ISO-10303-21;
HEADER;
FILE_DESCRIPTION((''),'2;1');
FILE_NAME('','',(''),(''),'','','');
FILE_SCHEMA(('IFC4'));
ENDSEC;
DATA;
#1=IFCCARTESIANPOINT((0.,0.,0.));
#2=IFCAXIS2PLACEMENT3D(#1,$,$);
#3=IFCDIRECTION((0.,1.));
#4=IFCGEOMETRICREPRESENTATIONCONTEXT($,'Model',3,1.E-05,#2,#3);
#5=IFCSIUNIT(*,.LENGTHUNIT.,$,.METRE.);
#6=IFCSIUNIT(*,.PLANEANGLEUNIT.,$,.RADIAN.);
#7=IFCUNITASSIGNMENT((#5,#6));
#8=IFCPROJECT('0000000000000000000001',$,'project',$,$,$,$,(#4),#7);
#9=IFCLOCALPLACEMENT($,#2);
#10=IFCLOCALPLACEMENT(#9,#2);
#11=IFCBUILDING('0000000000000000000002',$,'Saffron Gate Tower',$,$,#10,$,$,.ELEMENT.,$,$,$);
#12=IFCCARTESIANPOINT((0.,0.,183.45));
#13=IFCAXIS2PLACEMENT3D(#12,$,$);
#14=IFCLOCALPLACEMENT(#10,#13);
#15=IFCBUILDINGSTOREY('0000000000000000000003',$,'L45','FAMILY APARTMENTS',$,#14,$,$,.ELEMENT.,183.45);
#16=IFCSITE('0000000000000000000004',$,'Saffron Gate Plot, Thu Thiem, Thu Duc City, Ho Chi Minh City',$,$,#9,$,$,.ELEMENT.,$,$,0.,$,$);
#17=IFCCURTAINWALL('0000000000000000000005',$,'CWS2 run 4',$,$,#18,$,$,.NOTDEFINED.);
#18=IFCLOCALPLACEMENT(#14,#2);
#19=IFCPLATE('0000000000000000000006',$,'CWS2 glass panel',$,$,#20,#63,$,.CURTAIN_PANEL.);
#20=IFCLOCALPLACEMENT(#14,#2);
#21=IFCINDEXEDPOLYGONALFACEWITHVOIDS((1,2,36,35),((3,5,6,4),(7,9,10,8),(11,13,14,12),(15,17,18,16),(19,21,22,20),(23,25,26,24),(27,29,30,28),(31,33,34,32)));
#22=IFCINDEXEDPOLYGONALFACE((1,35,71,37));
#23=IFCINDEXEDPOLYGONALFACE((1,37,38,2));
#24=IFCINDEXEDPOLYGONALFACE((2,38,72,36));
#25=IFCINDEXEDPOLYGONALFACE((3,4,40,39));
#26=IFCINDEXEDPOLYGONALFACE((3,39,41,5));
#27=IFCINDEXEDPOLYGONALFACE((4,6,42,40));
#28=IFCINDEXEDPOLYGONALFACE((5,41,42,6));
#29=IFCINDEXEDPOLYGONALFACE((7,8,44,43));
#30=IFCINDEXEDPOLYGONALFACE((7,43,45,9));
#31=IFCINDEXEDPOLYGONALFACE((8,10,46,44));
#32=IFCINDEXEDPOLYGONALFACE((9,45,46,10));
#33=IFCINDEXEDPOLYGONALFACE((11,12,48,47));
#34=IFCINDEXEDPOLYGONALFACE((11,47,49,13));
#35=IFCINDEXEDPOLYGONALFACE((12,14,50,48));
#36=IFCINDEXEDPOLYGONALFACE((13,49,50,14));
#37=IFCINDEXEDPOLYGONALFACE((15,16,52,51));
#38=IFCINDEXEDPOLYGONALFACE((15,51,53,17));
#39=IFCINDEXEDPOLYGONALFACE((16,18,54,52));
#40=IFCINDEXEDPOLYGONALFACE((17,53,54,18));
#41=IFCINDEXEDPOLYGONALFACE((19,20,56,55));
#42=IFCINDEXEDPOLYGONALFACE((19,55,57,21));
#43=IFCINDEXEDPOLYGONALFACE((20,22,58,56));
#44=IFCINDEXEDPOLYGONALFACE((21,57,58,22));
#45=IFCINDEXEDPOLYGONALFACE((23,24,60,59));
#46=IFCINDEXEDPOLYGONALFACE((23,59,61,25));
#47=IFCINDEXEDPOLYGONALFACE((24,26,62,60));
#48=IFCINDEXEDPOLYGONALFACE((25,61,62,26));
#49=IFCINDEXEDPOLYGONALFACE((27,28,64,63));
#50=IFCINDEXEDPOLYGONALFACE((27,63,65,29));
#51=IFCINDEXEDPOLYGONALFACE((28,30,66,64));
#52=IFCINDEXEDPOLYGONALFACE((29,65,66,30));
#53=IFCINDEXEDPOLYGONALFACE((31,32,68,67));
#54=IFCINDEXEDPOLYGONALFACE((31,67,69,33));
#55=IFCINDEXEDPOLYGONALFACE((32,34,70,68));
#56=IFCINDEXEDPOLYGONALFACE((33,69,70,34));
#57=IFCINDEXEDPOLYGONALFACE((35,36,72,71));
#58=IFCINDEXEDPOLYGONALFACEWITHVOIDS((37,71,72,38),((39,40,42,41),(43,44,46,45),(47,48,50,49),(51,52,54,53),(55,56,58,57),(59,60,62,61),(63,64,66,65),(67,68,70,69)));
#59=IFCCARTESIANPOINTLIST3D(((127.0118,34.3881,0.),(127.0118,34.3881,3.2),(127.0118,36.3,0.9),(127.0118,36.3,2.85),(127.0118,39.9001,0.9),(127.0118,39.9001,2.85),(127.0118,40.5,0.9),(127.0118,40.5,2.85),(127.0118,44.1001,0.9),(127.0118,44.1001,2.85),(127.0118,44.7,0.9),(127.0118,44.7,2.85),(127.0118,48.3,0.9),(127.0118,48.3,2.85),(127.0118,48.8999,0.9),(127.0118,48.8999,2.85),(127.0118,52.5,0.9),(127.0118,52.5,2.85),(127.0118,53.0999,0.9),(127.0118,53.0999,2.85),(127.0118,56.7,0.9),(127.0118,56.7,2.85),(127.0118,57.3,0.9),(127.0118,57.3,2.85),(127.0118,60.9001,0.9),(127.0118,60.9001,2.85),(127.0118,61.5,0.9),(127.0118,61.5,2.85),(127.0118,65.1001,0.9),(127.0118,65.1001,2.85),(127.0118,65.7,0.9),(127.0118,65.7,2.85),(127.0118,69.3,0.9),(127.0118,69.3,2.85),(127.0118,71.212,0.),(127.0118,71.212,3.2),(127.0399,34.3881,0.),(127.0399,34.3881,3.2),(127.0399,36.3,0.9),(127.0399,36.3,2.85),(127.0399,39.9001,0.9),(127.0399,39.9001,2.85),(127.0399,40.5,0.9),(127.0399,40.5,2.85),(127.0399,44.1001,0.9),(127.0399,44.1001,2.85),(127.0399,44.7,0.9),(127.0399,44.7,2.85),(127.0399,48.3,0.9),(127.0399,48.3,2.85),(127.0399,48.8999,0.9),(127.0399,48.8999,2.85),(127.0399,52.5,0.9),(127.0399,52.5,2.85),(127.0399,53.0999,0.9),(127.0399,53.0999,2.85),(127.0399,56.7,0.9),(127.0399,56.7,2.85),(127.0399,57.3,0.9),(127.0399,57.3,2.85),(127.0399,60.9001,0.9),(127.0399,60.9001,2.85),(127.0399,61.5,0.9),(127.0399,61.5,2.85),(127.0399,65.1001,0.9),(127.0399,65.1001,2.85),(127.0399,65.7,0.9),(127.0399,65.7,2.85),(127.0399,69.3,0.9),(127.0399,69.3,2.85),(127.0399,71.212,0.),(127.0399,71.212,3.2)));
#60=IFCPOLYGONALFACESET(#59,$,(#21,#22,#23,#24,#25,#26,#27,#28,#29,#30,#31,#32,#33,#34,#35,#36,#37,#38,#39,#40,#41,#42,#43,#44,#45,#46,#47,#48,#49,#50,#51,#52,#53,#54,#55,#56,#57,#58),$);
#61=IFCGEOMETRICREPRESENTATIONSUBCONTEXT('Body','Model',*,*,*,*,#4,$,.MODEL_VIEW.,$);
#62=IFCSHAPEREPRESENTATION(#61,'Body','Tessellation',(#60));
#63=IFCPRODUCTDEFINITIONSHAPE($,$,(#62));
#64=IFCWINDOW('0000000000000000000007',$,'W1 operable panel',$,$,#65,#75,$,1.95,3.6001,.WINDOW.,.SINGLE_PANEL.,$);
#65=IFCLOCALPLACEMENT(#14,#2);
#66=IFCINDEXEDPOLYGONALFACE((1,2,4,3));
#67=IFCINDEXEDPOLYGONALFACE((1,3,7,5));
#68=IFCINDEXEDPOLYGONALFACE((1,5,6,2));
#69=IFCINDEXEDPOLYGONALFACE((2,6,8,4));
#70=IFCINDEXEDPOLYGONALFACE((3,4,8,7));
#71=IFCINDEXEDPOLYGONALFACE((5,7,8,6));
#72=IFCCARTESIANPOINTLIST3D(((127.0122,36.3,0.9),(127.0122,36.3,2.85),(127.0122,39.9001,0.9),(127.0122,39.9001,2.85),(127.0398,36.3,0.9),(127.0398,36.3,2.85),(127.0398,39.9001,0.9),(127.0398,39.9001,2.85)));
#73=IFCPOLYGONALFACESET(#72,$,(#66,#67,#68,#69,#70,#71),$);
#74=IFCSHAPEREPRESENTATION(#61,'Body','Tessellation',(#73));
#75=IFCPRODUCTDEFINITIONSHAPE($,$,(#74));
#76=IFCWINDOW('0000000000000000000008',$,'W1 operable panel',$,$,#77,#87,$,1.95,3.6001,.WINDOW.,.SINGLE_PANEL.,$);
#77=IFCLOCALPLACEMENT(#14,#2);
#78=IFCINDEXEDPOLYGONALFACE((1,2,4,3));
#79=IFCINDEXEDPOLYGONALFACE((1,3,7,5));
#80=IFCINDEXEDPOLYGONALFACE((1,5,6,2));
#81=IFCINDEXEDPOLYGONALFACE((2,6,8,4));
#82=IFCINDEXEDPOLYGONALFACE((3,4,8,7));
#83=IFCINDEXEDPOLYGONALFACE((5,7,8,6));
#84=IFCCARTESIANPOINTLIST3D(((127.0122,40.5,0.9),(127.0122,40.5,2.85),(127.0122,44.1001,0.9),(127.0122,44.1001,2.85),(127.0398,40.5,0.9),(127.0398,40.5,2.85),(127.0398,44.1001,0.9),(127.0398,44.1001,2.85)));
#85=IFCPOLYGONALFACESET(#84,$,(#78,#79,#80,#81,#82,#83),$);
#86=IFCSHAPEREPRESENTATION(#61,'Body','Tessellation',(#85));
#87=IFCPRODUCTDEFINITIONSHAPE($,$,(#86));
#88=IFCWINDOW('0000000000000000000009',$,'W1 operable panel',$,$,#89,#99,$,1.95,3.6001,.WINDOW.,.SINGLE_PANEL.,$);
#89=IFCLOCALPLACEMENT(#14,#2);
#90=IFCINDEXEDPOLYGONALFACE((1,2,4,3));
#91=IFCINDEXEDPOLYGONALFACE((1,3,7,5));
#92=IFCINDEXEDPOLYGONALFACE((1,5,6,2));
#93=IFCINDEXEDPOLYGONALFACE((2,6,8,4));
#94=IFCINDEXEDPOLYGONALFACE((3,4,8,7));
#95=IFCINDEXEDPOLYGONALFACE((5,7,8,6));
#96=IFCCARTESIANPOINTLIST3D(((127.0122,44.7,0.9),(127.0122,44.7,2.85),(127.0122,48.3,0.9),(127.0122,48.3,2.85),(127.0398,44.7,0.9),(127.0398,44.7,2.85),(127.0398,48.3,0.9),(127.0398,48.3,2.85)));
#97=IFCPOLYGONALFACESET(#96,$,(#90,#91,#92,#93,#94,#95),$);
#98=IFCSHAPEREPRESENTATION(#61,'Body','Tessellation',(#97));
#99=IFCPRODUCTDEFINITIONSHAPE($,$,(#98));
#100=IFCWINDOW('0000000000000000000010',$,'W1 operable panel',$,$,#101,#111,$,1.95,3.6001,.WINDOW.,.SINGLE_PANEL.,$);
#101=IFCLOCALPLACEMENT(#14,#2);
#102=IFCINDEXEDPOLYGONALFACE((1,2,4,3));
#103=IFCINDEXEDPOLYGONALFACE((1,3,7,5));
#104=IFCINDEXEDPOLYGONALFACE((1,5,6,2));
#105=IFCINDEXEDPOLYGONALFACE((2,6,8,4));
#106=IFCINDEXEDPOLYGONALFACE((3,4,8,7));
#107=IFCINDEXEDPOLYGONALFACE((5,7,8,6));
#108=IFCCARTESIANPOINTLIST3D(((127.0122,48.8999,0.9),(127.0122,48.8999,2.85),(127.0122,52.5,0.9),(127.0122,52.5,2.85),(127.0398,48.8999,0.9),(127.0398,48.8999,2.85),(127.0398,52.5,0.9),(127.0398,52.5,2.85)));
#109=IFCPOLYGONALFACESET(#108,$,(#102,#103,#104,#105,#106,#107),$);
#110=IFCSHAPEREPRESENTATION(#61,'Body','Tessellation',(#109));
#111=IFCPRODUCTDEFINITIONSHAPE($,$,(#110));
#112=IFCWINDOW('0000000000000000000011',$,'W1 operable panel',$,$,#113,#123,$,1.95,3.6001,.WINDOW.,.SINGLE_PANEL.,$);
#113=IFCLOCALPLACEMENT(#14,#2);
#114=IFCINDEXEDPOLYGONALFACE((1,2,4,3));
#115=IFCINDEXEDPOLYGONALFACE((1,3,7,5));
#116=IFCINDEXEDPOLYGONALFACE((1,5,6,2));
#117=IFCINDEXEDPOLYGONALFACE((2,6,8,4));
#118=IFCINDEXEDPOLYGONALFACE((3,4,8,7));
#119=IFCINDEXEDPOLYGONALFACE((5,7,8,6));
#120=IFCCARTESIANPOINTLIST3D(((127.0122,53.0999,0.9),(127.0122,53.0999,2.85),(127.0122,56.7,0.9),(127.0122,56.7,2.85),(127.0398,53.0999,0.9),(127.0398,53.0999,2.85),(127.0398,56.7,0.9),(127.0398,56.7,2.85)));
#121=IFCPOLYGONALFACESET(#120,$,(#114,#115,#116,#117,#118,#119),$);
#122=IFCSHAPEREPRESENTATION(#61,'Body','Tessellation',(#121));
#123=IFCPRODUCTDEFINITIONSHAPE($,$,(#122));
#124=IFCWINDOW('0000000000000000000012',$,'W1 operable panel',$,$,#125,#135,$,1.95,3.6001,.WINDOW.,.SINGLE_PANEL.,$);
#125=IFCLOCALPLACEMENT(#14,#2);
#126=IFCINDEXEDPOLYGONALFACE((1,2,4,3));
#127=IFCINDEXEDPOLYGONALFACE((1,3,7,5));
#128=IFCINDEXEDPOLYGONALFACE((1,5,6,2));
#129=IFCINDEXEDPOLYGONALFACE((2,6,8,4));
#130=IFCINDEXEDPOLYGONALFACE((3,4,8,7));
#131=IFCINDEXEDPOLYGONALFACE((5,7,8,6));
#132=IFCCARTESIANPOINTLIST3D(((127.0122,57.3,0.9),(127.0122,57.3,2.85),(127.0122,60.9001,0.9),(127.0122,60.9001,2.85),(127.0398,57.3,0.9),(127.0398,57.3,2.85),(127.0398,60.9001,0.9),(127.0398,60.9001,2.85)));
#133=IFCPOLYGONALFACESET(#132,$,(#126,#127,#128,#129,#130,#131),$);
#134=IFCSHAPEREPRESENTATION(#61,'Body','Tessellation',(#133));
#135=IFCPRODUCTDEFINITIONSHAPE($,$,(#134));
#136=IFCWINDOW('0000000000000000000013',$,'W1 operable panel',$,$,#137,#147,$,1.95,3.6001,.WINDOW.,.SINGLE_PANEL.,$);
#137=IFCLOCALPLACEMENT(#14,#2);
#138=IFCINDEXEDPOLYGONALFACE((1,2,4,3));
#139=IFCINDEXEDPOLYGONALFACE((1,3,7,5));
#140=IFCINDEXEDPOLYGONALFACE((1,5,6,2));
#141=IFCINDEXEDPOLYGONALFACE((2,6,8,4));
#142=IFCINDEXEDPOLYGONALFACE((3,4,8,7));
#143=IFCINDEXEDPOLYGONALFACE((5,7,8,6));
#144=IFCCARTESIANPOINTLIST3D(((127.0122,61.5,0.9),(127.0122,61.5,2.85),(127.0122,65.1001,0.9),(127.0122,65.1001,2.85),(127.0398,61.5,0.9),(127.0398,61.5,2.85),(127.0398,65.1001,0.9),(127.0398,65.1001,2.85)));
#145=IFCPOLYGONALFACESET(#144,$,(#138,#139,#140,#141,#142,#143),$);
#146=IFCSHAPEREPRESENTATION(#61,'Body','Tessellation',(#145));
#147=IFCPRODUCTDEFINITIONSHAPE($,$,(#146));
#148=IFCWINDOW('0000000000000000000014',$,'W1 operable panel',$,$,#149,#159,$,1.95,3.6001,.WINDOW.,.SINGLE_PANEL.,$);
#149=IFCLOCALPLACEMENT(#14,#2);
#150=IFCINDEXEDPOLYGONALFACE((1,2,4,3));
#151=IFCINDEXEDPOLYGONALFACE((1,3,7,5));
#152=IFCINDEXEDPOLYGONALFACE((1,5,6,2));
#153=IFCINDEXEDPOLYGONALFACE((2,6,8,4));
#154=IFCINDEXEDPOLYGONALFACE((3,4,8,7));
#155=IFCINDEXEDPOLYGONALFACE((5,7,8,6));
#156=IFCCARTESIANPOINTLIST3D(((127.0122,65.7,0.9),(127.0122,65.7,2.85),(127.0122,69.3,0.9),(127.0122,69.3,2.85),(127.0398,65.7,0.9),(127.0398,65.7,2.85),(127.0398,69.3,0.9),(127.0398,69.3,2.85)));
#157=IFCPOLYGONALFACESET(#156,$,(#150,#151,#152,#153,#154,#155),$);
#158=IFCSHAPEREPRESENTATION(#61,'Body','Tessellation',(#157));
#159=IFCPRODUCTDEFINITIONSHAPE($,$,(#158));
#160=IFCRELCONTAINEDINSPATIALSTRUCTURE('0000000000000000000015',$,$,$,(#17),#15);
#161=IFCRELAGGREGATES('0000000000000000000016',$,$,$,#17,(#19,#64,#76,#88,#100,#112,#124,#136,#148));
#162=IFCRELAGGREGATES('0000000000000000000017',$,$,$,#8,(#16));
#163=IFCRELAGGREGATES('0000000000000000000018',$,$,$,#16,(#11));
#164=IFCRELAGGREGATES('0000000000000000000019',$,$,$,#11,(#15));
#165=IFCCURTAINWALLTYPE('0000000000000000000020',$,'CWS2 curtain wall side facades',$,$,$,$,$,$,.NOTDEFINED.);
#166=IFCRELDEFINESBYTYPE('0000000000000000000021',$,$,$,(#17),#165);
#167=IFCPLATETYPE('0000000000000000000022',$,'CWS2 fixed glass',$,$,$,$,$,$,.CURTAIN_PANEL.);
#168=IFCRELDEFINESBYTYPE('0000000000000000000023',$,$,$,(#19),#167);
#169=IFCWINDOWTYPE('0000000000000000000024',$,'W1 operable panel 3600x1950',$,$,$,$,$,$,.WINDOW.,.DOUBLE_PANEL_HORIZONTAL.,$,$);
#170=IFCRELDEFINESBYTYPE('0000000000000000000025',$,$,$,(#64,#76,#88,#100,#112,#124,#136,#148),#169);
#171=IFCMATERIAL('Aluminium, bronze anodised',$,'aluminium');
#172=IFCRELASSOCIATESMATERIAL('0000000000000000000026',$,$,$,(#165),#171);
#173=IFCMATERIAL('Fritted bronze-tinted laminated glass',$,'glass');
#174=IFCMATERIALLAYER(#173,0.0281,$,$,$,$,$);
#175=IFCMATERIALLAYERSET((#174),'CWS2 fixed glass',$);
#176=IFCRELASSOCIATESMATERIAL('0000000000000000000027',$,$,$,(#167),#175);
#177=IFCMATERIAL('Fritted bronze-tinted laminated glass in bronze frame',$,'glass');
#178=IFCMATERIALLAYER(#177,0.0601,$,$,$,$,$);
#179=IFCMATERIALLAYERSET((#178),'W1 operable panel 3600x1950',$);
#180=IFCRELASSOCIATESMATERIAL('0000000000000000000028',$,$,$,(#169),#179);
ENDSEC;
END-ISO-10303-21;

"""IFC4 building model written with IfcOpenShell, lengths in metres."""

from ifc_helpers import new_model, si_unit, direction, frame, frame_2d, origin, place, context, subcontext, project, spatial, rectangle, extrude, material, layer, layer_set, type_object, element, fill, aggregate, save


model = new_model("IFC4")

# Units and contexts
model_context = context("Model", 3, precision=1e-05, world=origin(), true_north=direction((0.0, 1.0)))
body_context = subcontext(model_context, "Body", "Model", "MODEL_VIEW")
ifc_project = project(units=[si_unit("LENGTHUNIT", "METRE"), si_unit("PLANEANGLEUNIT", "RADIAN")], contexts=[model_context])

# Site, building, storey
site_placement = place(None, origin())
site = spatial("IfcSite", under=ifc_project, at=site_placement, Name="Saffron Gate Plot, Thu Thiem, Thu Duc City, Ho Chi Minh City", CompositionType="ELEMENT", RefElevation=0.0)
building_placement = place(site_placement, origin())
building = spatial("IfcBuilding", under=site, at=building_placement, Name="Saffron Gate Tower", CompositionType="ELEMENT")
storey_placement = place(building_placement, frame((0.0, 0.0, 183.45)))
storey = spatial("IfcBuildingStorey", under=building, at=storey_placement, Name="L45", Description="FAMILY APARTMENTS", CompositionType="ELEMENT", Elevation=183.45)

# Curtain wall
ifc_material_1 = material(Name="Aluminium, bronze anodised", Category="aluminium")
curtain_wall_type_1 = type_object("IfcCurtainWallType", Name="CWS2 curtain wall side facades", PredefinedType="NOTDEFINED", material=ifc_material_1)
curtain_wall_1_placement = place(storey_placement, origin())
curtain_wall_1 = element("IfcCurtainWall", 1, at=curtain_wall_1_placement, inside=storey, type_object=curtain_wall_type_1, Name="CWS2 run 4", PredefinedType="NOTDEFINED")

# Plate, openings, windows
ifc_material_2 = material(Name="Fritted bronze-tinted laminated glass", Category="glass")
ifc_layer_1 = layer(ifc_material_2, 0.0281)
ifc_layer_set_1 = layer_set([ifc_layer_1], Name="CWS2 fixed glass")
plate_type = type_object("IfcPlateType", Name="CWS2 fixed glass", PredefinedType="CURTAIN_PANEL", material=ifc_layer_set_1)
plate_placement = place(storey_placement, frame((127.0259, 34.3879, 0.0), z_axis=(0.0, 0.0, 1.0), x_axis=(0.0, 1.0, 0.0)))
plate = element("IfcPlate", 2, at=plate_placement, type_object=plate_type, Name="CWS2 glass panel", PredefinedType="CURTAIN_PANEL", context=body_context, shape_type="SweptSolid", body=[
    extrude(rectangle(XDim=36.824, YDim=0.0281, at=frame_2d((18.4121, 0.0))), origin(), (0.0, 0.0, 1.0), 3.2),
])
opening_1_placement = place(plate_placement, frame((1.9121, 0.0, 0.8999)))
opening_1 = element("IfcOpeningElement", 3, at=opening_1_placement, cuts=plate, PredefinedType="OPENING", context=body_context, shape_type="SweptSolid", body=[
    extrude(rectangle(XDim=3.6001, YDim=1.95, at=frame_2d((1.8, 0.9751))), frame((0.0, 0.0239, 0.0), z_axis=(0.0, -1.0, 0.0), x_axis=(1.0, 0.0, 0.0)), (0.0, 0.0, 1.0), 0.0481),
])
opening_2_placement = place(plate_placement, frame((6.1121, 0.0, 0.8999)))
opening_2 = element("IfcOpeningElement", 4, at=opening_2_placement, cuts=plate, PredefinedType="OPENING", context=body_context, shape_type="SweptSolid", body=[
    extrude(rectangle(XDim=3.6001, YDim=1.95, at=frame_2d((1.8, 0.9751))), frame((0.0, 0.0239, 0.0), z_axis=(0.0, -1.0, 0.0), x_axis=(1.0, 0.0, 0.0)), (0.0, 0.0, 1.0), 0.0481),
])
opening_3_placement = place(plate_placement, frame((10.312, 0.0, 0.8999)))
opening_3 = element("IfcOpeningElement", 5, at=opening_3_placement, cuts=plate, PredefinedType="OPENING", context=body_context, shape_type="SweptSolid", body=[
    extrude(rectangle(XDim=3.6001, YDim=1.95, at=frame_2d((1.8, 0.9751))), frame((0.0, 0.0239, 0.0), z_axis=(0.0, -1.0, 0.0), x_axis=(1.0, 0.0, 0.0)), (0.0, 0.0, 1.0), 0.0481),
])
opening_4_placement = place(plate_placement, frame((14.512, 0.0, 0.8999)))
opening_4 = element("IfcOpeningElement", 6, at=opening_4_placement, cuts=plate, PredefinedType="OPENING", context=body_context, shape_type="SweptSolid", body=[
    extrude(rectangle(XDim=3.6001, YDim=1.95, at=frame_2d((1.8, 0.9751))), frame((0.0, 0.0239, 0.0), z_axis=(0.0, -1.0, 0.0), x_axis=(1.0, 0.0, 0.0)), (0.0, 0.0, 1.0), 0.0481),
])
opening_5_placement = place(plate_placement, frame((18.7119, 0.0, 0.8999)))
opening_5 = element("IfcOpeningElement", 7, at=opening_5_placement, cuts=plate, PredefinedType="OPENING", context=body_context, shape_type="SweptSolid", body=[
    extrude(rectangle(XDim=3.6001, YDim=1.95, at=frame_2d((1.8, 0.9751))), frame((0.0, 0.0239, 0.0), z_axis=(0.0, -1.0, 0.0), x_axis=(1.0, 0.0, 0.0)), (0.0, 0.0, 1.0), 0.0481),
])
opening_6_placement = place(plate_placement, frame((22.9121, 0.0, 0.8999)))
opening_6 = element("IfcOpeningElement", 8, at=opening_6_placement, cuts=plate, PredefinedType="OPENING", context=body_context, shape_type="SweptSolid", body=[
    extrude(rectangle(XDim=3.6001, YDim=1.95, at=frame_2d((1.8, 0.9751))), frame((0.0, 0.0239, 0.0), z_axis=(0.0, -1.0, 0.0), x_axis=(1.0, 0.0, 0.0)), (0.0, 0.0, 1.0), 0.0481),
])
opening_7_placement = place(plate_placement, frame((27.1121, 0.0, 0.8999)))
opening_7 = element("IfcOpeningElement", 9, at=opening_7_placement, cuts=plate, PredefinedType="OPENING", context=body_context, shape_type="SweptSolid", body=[
    extrude(rectangle(XDim=3.6001, YDim=1.95, at=frame_2d((1.8, 0.9751))), frame((0.0, 0.0239, 0.0), z_axis=(0.0, -1.0, 0.0), x_axis=(1.0, 0.0, 0.0)), (0.0, 0.0, 1.0), 0.0481),
])
opening_8_placement = place(plate_placement, frame((31.312, 0.0, 0.8999)))
opening_8 = element("IfcOpeningElement", 10, at=opening_8_placement, cuts=plate, PredefinedType="OPENING", context=body_context, shape_type="SweptSolid", body=[
    extrude(rectangle(XDim=3.6001, YDim=1.95, at=frame_2d((1.8, 0.9751))), frame((0.0, 0.0239, 0.0), z_axis=(0.0, -1.0, 0.0), x_axis=(1.0, 0.0, 0.0)), (0.0, 0.0, 1.0), 0.0481),
])
ifc_material_3 = material(Name="Fritted bronze-tinted laminated glass in bronze frame", Category="glass")
ifc_layer_2 = layer(ifc_material_3, 0.0601)
ifc_layer_set_2 = layer_set([ifc_layer_2], Name="W1 operable panel 3600x1950")
window_type = type_object("IfcWindowType", Name="W1 operable panel 3600x1950", PartitioningType="DOUBLE_PANEL_HORIZONTAL", PredefinedType="WINDOW", material=ifc_layer_set_2)
window_1_placement = place(opening_1_placement, origin())
window_1 = element("IfcWindow", 11, at=window_1_placement, type_object=window_type, Name="W1 operable panel", OverallHeight=1.95, OverallWidth=3.6001, PartitioningType="SINGLE_PANEL", PredefinedType="WINDOW", context=body_context, shape_type="SweptSolid", body=[
    extrude(rectangle(XDim=3.6001, YDim=1.95, at=frame_2d((1.8, 0.9751))), frame((0.0, 0.0137, 0.0), z_axis=(0.0, -1.0, 0.0), x_axis=(1.0, 0.0, 0.0)), (0.0, 0.0, 1.0), 0.0276),
])
fill(opening_1, window_1)
window_2_placement = place(opening_2_placement, origin())
window_2 = element("IfcWindow", 12, at=window_2_placement, type_object=window_type, Name="W1 operable panel", OverallHeight=1.95, OverallWidth=3.6001, PartitioningType="SINGLE_PANEL", PredefinedType="WINDOW", context=body_context, shape_type="SweptSolid", body=[
    extrude(rectangle(XDim=3.6001, YDim=1.95, at=frame_2d((1.8, 0.9751))), frame((0.0, 0.0137, 0.0), z_axis=(0.0, -1.0, 0.0), x_axis=(1.0, 0.0, 0.0)), (0.0, 0.0, 1.0), 0.0276),
])
fill(opening_2, window_2)
window_3_placement = place(opening_3_placement, origin())
window_3 = element("IfcWindow", 13, at=window_3_placement, type_object=window_type, Name="W1 operable panel", OverallHeight=1.95, OverallWidth=3.6001, PartitioningType="SINGLE_PANEL", PredefinedType="WINDOW", context=body_context, shape_type="SweptSolid", body=[
    extrude(rectangle(XDim=3.6001, YDim=1.95, at=frame_2d((1.8, 0.9751))), frame((0.0, 0.0137, 0.0), z_axis=(0.0, -1.0, 0.0), x_axis=(1.0, 0.0, 0.0)), (0.0, 0.0, 1.0), 0.0276),
])
fill(opening_3, window_3)
window_4_placement = place(opening_4_placement, origin())
window_4 = element("IfcWindow", 14, at=window_4_placement, type_object=window_type, Name="W1 operable panel", OverallHeight=1.95, OverallWidth=3.6001, PartitioningType="SINGLE_PANEL", PredefinedType="WINDOW", context=body_context, shape_type="SweptSolid", body=[
    extrude(rectangle(XDim=3.6001, YDim=1.95, at=frame_2d((1.8, 0.9751))), frame((0.0, 0.0137, 0.0), z_axis=(0.0, -1.0, 0.0), x_axis=(1.0, 0.0, 0.0)), (0.0, 0.0, 1.0), 0.0276),
])
fill(opening_4, window_4)
window_5_placement = place(opening_5_placement, origin())
window_5 = element("IfcWindow", 15, at=window_5_placement, type_object=window_type, Name="W1 operable panel", OverallHeight=1.95, OverallWidth=3.6001, PartitioningType="SINGLE_PANEL", PredefinedType="WINDOW", context=body_context, shape_type="SweptSolid", body=[
    extrude(rectangle(XDim=3.6001, YDim=1.95, at=frame_2d((1.8, 0.9751))), frame((0.0, 0.0137, 0.0), z_axis=(0.0, -1.0, 0.0), x_axis=(1.0, 0.0, 0.0)), (0.0, 0.0, 1.0), 0.0276),
])
fill(opening_5, window_5)
window_6_placement = place(opening_6_placement, origin())
window_6 = element("IfcWindow", 16, at=window_6_placement, type_object=window_type, Name="W1 operable panel", OverallHeight=1.95, OverallWidth=3.6001, PartitioningType="SINGLE_PANEL", PredefinedType="WINDOW", context=body_context, shape_type="SweptSolid", body=[
    extrude(rectangle(XDim=3.6001, YDim=1.95, at=frame_2d((1.8, 0.9751))), frame((0.0, 0.0137, 0.0), z_axis=(0.0, -1.0, 0.0), x_axis=(1.0, 0.0, 0.0)), (0.0, 0.0, 1.0), 0.0276),
])
fill(opening_6, window_6)
window_7_placement = place(opening_7_placement, origin())
window_7 = element("IfcWindow", 17, at=window_7_placement, type_object=window_type, Name="W1 operable panel", OverallHeight=1.95, OverallWidth=3.6001, PartitioningType="SINGLE_PANEL", PredefinedType="WINDOW", context=body_context, shape_type="SweptSolid", body=[
    extrude(rectangle(XDim=3.6001, YDim=1.95, at=frame_2d((1.8, 0.9751))), frame((0.0, 0.0137, 0.0), z_axis=(0.0, -1.0, 0.0), x_axis=(1.0, 0.0, 0.0)), (0.0, 0.0, 1.0), 0.0276),
])
fill(opening_7, window_7)
window_8_placement = place(opening_8_placement, origin())
window_8 = element("IfcWindow", 18, at=window_8_placement, type_object=window_type, Name="W1 operable panel", OverallHeight=1.95, OverallWidth=3.6001, PartitioningType="SINGLE_PANEL", PredefinedType="WINDOW", context=body_context, shape_type="SweptSolid", body=[
    extrude(rectangle(XDim=3.6001, YDim=1.95, at=frame_2d((1.8, 0.9751))), frame((0.0, 0.0137, 0.0), z_axis=(0.0, -1.0, 0.0), x_axis=(1.0, 0.0, 0.0)), (0.0, 0.0, 1.0), 0.0276),
])
fill(opening_8, window_8)
aggregate(curtain_wall_1, [plate, window_1, window_2, window_3, window_4, window_5, window_6, window_7, window_8])

save(model, "model.ifc")
